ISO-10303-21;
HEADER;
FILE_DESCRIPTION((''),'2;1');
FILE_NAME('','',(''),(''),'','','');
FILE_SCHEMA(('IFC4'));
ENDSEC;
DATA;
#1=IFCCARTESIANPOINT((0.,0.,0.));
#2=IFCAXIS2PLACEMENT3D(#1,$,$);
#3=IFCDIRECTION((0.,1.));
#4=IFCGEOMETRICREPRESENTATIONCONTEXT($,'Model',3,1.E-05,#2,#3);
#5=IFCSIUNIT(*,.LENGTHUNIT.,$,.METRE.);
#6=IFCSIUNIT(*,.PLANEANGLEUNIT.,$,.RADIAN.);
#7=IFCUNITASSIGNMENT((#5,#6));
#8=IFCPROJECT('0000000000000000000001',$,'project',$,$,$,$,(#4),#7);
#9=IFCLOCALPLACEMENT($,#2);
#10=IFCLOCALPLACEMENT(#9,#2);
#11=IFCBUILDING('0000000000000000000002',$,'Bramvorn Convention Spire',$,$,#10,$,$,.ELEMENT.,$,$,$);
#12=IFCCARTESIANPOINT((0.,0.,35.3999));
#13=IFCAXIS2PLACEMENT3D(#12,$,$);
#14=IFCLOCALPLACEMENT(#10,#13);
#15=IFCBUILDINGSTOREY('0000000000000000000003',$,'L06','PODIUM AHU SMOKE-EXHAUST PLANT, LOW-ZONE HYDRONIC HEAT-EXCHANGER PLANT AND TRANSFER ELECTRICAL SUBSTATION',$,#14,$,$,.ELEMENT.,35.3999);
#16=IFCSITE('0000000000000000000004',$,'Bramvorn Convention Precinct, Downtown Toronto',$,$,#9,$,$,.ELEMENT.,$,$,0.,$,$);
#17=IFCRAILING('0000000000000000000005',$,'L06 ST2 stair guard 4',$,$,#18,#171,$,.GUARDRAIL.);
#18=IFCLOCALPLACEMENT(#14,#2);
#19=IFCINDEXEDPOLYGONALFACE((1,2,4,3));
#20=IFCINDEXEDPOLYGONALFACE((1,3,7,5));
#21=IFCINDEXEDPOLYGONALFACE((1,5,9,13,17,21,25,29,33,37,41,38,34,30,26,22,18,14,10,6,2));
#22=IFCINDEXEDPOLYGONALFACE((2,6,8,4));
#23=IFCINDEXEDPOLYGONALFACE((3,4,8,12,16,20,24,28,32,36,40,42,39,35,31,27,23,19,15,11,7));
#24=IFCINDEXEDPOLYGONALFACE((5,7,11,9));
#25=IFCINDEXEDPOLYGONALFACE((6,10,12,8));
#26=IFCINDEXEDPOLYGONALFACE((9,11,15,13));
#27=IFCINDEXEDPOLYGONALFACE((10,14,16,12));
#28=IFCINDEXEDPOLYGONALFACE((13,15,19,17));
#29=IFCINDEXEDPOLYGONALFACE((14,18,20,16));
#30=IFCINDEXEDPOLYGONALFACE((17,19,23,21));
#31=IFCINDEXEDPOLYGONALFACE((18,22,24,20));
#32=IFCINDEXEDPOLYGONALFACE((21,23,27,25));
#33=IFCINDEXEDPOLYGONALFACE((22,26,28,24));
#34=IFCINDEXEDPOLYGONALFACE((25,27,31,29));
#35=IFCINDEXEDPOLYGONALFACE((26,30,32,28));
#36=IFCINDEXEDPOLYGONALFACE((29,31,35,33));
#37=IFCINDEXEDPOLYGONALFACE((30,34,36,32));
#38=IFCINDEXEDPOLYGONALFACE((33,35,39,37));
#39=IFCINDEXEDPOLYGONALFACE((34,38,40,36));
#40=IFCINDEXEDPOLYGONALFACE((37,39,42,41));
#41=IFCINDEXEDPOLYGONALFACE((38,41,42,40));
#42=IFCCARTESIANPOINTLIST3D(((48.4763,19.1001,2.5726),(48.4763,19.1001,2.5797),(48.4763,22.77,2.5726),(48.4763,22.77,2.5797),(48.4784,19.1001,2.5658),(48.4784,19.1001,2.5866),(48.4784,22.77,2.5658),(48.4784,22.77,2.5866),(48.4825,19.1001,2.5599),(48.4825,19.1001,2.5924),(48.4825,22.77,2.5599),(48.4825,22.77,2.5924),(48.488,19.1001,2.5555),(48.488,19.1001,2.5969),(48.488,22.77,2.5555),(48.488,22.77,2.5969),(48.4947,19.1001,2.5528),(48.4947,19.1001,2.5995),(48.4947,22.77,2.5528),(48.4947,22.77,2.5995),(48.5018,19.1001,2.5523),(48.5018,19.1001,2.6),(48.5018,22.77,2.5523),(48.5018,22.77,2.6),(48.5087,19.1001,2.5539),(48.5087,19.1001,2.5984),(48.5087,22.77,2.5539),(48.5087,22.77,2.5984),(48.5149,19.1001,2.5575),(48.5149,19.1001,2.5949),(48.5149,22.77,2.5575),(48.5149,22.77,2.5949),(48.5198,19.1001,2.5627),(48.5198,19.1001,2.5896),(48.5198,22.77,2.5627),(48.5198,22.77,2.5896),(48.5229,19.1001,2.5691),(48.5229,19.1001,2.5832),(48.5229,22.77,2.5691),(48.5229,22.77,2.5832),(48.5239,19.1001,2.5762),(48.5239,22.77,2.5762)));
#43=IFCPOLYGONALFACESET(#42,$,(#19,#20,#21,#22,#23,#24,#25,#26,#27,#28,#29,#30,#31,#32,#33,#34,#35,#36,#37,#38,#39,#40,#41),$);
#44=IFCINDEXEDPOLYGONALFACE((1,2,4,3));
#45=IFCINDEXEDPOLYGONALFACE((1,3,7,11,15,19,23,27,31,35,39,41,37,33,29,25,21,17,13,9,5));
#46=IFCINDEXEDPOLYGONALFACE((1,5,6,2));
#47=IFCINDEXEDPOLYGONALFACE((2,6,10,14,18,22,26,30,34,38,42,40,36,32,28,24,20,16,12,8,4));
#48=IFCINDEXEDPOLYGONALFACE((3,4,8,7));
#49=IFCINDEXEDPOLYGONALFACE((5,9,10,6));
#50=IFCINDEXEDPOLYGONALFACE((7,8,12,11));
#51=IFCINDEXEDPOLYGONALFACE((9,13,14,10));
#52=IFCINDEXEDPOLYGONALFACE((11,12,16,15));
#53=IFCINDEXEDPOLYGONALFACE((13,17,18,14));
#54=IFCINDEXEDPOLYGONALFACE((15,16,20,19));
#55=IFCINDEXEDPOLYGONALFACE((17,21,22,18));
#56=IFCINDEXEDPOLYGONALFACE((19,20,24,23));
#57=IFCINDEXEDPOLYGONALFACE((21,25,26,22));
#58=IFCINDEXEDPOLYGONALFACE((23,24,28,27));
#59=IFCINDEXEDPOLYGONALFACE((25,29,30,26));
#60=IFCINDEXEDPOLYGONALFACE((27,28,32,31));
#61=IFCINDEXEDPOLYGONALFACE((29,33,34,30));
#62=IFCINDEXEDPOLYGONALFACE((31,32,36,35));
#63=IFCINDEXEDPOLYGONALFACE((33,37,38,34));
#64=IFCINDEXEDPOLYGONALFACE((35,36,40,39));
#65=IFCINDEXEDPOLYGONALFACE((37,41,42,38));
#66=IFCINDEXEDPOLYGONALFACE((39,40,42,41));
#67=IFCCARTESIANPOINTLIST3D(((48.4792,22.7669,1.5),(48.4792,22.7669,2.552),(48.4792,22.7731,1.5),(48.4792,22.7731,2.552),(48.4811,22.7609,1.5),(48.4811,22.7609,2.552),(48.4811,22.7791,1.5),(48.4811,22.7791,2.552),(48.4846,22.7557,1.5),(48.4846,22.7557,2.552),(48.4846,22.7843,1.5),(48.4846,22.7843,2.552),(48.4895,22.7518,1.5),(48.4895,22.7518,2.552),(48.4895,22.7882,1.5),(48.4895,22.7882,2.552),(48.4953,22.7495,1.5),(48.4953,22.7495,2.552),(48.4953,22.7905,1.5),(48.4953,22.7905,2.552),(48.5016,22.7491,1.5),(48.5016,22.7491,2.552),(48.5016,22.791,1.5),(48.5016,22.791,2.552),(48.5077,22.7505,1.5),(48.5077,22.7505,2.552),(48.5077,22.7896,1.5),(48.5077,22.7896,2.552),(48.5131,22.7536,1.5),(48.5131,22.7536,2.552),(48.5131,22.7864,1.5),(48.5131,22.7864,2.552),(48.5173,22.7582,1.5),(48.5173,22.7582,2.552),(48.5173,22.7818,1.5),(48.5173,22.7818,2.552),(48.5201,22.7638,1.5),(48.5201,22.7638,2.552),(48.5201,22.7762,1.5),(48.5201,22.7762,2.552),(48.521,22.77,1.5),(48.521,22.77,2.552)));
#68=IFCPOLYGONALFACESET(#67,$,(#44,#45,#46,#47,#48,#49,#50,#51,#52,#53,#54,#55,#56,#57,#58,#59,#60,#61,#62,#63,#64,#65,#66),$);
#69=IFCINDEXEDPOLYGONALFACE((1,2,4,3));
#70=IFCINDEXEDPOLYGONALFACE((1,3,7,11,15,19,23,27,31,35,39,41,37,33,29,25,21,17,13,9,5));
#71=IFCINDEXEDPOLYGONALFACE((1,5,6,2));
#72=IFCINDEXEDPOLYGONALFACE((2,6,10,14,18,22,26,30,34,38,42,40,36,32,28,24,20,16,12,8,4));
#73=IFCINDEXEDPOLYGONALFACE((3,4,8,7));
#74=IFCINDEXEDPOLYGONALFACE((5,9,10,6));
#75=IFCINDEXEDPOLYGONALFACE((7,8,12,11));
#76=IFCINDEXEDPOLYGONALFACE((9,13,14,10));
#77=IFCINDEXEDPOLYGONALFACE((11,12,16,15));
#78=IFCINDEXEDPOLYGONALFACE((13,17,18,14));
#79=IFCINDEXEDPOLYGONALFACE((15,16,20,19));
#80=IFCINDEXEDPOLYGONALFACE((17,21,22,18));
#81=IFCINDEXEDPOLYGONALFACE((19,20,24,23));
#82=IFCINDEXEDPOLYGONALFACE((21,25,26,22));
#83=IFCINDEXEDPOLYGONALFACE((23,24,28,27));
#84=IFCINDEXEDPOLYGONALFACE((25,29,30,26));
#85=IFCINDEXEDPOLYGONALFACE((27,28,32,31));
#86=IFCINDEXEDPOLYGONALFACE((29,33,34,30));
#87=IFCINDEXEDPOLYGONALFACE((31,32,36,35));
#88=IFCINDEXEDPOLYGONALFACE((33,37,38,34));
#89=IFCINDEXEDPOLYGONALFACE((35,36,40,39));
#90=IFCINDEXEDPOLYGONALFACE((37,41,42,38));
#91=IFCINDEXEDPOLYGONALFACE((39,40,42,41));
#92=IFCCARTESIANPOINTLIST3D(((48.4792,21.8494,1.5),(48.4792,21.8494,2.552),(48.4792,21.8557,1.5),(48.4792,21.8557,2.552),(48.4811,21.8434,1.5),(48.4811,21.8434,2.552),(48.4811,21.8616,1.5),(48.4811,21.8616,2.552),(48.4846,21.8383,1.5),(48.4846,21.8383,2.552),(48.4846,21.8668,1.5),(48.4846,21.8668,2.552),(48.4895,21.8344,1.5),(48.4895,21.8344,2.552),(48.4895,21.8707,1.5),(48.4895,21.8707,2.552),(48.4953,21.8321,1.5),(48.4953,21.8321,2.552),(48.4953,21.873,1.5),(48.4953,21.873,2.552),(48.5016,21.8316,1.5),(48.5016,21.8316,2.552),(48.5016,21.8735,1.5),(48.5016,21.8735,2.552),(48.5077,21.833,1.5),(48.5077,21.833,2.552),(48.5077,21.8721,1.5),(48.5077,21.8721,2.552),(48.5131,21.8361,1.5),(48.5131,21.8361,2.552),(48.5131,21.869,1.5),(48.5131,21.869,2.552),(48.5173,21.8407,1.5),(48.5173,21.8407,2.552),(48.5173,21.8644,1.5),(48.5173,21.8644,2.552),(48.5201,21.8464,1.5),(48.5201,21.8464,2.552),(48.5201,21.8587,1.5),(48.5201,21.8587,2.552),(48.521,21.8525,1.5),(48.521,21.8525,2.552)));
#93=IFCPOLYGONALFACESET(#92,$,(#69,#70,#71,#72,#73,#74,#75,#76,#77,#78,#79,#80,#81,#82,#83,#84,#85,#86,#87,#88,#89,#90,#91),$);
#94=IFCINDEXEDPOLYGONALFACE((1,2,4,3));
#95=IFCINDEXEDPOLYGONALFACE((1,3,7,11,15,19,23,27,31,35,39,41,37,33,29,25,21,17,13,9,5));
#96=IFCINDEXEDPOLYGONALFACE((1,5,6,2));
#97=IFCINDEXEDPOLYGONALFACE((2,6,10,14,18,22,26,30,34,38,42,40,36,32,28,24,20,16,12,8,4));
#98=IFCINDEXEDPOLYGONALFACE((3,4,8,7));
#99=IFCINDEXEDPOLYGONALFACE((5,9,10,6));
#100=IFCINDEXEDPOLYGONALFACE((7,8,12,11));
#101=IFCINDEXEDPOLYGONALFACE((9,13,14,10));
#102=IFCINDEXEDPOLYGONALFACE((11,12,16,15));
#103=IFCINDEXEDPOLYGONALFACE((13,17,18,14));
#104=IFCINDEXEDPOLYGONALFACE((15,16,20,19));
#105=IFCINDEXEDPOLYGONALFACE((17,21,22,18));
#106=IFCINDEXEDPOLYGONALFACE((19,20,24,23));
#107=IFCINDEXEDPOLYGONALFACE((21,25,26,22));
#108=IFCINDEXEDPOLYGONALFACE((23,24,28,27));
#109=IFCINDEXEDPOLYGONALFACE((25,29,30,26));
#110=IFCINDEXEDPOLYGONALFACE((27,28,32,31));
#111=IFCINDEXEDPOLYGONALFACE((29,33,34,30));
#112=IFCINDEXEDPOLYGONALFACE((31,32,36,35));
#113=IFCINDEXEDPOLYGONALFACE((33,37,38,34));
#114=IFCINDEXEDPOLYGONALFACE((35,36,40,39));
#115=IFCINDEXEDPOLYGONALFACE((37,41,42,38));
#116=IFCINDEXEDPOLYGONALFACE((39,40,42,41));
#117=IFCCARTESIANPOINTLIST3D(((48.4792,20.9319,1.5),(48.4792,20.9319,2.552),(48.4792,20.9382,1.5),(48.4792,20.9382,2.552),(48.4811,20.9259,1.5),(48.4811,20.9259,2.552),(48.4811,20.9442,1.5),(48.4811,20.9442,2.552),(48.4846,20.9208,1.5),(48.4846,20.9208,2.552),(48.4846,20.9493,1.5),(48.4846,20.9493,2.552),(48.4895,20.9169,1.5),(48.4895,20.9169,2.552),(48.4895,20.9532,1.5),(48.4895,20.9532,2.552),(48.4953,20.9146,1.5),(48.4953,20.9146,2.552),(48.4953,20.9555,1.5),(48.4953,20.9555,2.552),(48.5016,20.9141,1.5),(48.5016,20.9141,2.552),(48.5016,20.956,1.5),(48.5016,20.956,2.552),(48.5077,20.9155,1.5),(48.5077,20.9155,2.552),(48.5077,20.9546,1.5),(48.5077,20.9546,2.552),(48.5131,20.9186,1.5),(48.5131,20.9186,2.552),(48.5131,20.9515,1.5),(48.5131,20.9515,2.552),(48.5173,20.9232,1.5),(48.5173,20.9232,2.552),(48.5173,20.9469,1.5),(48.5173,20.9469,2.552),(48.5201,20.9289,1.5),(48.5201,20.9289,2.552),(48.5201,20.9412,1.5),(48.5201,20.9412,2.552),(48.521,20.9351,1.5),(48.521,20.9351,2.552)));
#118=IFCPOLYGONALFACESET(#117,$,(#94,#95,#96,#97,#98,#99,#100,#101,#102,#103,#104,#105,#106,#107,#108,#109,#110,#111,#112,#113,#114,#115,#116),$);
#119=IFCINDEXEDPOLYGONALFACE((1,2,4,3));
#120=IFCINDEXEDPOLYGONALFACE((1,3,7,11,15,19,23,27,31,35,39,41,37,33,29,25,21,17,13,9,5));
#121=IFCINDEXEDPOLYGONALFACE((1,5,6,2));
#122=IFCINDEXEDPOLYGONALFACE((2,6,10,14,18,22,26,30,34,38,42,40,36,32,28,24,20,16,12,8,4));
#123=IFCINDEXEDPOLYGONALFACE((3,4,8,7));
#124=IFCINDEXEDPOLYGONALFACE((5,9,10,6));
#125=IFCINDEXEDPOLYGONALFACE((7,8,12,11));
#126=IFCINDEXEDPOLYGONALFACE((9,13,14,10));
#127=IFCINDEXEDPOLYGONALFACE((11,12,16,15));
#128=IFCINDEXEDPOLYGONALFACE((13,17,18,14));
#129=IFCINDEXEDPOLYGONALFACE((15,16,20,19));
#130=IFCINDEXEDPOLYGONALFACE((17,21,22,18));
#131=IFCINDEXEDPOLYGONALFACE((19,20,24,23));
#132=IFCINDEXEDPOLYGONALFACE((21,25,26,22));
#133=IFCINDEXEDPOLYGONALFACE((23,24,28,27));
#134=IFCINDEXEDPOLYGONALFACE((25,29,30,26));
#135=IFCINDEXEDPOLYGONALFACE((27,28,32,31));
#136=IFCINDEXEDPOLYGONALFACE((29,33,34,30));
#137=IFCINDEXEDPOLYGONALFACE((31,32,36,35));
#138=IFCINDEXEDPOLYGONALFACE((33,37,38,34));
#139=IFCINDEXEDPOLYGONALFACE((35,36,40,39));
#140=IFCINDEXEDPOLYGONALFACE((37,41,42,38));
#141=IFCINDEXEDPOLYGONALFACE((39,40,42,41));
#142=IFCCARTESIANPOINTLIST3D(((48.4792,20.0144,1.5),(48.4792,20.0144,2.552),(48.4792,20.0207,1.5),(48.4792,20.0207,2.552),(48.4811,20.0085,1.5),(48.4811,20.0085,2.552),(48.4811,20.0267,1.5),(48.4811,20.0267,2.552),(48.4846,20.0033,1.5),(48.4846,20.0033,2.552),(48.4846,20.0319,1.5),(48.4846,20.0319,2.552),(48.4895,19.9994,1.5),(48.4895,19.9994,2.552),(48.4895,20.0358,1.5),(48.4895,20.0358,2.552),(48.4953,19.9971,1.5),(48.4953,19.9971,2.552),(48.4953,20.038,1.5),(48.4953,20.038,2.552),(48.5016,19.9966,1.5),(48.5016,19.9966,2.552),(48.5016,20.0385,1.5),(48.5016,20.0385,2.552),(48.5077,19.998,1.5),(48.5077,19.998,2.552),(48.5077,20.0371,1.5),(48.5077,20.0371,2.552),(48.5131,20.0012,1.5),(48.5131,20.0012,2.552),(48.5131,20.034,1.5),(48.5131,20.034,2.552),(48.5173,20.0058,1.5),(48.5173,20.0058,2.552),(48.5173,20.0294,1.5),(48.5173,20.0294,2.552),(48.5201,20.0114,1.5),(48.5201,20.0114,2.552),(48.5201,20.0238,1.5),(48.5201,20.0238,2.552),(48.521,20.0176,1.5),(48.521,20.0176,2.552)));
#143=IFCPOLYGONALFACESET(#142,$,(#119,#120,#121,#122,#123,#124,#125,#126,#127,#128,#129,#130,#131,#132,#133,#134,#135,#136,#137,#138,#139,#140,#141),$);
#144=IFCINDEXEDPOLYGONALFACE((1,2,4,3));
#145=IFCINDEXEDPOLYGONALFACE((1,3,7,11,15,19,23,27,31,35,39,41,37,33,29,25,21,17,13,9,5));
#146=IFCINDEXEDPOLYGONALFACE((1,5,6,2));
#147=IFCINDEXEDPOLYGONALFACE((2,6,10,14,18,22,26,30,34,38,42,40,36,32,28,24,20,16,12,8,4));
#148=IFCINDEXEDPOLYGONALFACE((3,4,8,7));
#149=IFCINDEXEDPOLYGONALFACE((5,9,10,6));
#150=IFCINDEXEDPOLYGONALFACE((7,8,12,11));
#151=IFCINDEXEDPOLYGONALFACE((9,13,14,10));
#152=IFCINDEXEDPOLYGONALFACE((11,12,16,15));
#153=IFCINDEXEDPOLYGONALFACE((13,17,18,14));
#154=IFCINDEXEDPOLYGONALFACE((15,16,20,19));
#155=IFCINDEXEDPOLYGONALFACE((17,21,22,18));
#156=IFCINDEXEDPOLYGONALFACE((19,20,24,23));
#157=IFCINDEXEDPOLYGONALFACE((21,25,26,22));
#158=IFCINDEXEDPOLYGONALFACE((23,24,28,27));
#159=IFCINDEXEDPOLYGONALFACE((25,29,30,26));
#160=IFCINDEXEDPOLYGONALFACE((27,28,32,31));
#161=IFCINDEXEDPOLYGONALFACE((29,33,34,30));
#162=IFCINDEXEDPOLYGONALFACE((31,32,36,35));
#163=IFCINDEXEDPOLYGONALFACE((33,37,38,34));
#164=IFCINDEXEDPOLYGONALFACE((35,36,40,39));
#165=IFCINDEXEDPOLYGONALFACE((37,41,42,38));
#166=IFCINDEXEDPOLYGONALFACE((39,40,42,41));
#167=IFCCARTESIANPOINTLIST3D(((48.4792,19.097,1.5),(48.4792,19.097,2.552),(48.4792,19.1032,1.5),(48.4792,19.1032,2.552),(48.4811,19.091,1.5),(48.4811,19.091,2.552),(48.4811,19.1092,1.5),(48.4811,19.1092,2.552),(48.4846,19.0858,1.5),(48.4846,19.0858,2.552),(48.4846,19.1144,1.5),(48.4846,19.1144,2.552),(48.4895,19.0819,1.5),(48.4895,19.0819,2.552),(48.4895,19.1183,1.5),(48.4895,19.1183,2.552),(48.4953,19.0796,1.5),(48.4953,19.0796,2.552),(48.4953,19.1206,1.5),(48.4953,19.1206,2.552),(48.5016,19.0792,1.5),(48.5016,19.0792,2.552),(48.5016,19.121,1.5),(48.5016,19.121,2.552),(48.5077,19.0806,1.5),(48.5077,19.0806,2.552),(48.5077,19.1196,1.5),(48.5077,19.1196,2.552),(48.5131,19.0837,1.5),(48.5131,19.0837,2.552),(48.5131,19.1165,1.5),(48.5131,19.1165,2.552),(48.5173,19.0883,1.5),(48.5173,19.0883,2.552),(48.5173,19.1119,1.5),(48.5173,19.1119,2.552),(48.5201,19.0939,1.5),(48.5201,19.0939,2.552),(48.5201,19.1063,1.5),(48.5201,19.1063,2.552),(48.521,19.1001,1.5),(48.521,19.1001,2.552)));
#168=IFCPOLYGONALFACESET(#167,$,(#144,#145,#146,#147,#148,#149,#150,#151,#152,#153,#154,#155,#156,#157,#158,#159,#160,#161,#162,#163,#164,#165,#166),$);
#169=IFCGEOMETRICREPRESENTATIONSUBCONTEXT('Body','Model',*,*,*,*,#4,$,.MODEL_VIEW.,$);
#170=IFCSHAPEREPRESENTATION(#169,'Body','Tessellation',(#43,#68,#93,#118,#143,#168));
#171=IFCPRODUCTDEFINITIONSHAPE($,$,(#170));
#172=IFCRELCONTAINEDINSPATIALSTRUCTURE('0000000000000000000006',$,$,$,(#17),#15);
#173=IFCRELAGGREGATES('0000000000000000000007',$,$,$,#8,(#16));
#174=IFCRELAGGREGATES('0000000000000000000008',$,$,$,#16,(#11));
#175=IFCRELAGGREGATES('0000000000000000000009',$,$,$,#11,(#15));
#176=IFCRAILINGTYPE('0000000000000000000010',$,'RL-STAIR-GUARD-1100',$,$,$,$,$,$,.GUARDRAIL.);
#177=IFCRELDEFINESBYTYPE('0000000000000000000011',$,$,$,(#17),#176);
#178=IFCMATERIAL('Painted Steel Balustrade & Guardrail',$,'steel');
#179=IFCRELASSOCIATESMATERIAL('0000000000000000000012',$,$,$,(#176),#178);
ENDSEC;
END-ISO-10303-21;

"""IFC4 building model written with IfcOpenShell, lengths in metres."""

from ifc_helpers import new_model, si_unit, direction, frame, origin, origin_2d, place, context, subcontext, project, spatial, circle, extrude, material, type_object, element, save


model = new_model("IFC4")

# Units and contexts
model_context = context("Model", 3, precision=1e-05, world=origin(), true_north=direction((0.0, 1.0)))
body_context = subcontext(model_context, "Body", "Model", "MODEL_VIEW")
ifc_project = project(units=[si_unit("LENGTHUNIT", "METRE"), si_unit("PLANEANGLEUNIT", "RADIAN")], contexts=[model_context])

# Site, building, storey
site_placement = place(None, origin())
site = spatial("IfcSite", under=ifc_project, at=site_placement, Name="Bramvorn Convention Precinct, Downtown Toronto", CompositionType="ELEMENT", RefElevation=0.0)
building_placement = place(site_placement, origin())
building = spatial("IfcBuilding", under=site, at=building_placement, Name="Bramvorn Convention Spire", CompositionType="ELEMENT")
storey_placement = place(building_placement, frame((0.0, 0.0, 35.3999)))
storey = spatial("IfcBuildingStorey", under=building, at=storey_placement, Name="L06", Description="PODIUM AHU SMOKE-EXHAUST PLANT, LOW-ZONE HYDRONIC HEAT-EXCHANGER PLANT AND TRANSFER ELECTRICAL SUBSTATION", CompositionType="ELEMENT", Elevation=35.3999)

# Railing
ifc_material_1 = material(Name="Painted Steel Balustrade & Guardrail", Category="steel")
railing_type_1 = type_object("IfcRailingType", Name="RL-STAIR-GUARD-1100", PredefinedType="GUARDRAIL", material=ifc_material_1)
for number, where, name in (
    (1, (48.5, 22.77, 1.5), "L06 ST2 stair guard 4"),
):
    element("IfcRailing", number, at=place(storey_placement, frame(where)), inside=storey, type_object=railing_type_1, Name=name, PredefinedType="GUARDRAIL", context=body_context, shape_type="SweptSolid", body=[
        extrude(circle(Radius=0.0239, at=origin_2d()), frame((0.0, 0.0, 1.0762), z_axis=(0.0, -1.0, 0.0), x_axis=(1.0, 0.0, 0.0)), (0.0, 0.0, 1.0), 3.6699),
        extrude(circle(Radius=0.021, at=origin_2d()), origin(), (0.0, 0.0, 1.0), 1.052),
        extrude(circle(Radius=0.021, at=origin_2d()), frame((0.0, -0.9175, 0.0)), (0.0, 0.0, 1.0), 1.052),
        extrude(circle(Radius=0.021, at=origin_2d()), frame((0.0, -1.835, 0.0)), (0.0, 0.0, 1.0), 1.052),
        extrude(circle(Radius=0.021, at=origin_2d()), frame((0.0, -2.7524, 0.0)), (0.0, 0.0, 1.0), 1.052),
        extrude(circle(Radius=0.021, at=origin_2d()), frame((0.0, -3.6699, 0.0)), (0.0, 0.0, 1.0), 1.052),
    ])

save(model, "model.ifc")
